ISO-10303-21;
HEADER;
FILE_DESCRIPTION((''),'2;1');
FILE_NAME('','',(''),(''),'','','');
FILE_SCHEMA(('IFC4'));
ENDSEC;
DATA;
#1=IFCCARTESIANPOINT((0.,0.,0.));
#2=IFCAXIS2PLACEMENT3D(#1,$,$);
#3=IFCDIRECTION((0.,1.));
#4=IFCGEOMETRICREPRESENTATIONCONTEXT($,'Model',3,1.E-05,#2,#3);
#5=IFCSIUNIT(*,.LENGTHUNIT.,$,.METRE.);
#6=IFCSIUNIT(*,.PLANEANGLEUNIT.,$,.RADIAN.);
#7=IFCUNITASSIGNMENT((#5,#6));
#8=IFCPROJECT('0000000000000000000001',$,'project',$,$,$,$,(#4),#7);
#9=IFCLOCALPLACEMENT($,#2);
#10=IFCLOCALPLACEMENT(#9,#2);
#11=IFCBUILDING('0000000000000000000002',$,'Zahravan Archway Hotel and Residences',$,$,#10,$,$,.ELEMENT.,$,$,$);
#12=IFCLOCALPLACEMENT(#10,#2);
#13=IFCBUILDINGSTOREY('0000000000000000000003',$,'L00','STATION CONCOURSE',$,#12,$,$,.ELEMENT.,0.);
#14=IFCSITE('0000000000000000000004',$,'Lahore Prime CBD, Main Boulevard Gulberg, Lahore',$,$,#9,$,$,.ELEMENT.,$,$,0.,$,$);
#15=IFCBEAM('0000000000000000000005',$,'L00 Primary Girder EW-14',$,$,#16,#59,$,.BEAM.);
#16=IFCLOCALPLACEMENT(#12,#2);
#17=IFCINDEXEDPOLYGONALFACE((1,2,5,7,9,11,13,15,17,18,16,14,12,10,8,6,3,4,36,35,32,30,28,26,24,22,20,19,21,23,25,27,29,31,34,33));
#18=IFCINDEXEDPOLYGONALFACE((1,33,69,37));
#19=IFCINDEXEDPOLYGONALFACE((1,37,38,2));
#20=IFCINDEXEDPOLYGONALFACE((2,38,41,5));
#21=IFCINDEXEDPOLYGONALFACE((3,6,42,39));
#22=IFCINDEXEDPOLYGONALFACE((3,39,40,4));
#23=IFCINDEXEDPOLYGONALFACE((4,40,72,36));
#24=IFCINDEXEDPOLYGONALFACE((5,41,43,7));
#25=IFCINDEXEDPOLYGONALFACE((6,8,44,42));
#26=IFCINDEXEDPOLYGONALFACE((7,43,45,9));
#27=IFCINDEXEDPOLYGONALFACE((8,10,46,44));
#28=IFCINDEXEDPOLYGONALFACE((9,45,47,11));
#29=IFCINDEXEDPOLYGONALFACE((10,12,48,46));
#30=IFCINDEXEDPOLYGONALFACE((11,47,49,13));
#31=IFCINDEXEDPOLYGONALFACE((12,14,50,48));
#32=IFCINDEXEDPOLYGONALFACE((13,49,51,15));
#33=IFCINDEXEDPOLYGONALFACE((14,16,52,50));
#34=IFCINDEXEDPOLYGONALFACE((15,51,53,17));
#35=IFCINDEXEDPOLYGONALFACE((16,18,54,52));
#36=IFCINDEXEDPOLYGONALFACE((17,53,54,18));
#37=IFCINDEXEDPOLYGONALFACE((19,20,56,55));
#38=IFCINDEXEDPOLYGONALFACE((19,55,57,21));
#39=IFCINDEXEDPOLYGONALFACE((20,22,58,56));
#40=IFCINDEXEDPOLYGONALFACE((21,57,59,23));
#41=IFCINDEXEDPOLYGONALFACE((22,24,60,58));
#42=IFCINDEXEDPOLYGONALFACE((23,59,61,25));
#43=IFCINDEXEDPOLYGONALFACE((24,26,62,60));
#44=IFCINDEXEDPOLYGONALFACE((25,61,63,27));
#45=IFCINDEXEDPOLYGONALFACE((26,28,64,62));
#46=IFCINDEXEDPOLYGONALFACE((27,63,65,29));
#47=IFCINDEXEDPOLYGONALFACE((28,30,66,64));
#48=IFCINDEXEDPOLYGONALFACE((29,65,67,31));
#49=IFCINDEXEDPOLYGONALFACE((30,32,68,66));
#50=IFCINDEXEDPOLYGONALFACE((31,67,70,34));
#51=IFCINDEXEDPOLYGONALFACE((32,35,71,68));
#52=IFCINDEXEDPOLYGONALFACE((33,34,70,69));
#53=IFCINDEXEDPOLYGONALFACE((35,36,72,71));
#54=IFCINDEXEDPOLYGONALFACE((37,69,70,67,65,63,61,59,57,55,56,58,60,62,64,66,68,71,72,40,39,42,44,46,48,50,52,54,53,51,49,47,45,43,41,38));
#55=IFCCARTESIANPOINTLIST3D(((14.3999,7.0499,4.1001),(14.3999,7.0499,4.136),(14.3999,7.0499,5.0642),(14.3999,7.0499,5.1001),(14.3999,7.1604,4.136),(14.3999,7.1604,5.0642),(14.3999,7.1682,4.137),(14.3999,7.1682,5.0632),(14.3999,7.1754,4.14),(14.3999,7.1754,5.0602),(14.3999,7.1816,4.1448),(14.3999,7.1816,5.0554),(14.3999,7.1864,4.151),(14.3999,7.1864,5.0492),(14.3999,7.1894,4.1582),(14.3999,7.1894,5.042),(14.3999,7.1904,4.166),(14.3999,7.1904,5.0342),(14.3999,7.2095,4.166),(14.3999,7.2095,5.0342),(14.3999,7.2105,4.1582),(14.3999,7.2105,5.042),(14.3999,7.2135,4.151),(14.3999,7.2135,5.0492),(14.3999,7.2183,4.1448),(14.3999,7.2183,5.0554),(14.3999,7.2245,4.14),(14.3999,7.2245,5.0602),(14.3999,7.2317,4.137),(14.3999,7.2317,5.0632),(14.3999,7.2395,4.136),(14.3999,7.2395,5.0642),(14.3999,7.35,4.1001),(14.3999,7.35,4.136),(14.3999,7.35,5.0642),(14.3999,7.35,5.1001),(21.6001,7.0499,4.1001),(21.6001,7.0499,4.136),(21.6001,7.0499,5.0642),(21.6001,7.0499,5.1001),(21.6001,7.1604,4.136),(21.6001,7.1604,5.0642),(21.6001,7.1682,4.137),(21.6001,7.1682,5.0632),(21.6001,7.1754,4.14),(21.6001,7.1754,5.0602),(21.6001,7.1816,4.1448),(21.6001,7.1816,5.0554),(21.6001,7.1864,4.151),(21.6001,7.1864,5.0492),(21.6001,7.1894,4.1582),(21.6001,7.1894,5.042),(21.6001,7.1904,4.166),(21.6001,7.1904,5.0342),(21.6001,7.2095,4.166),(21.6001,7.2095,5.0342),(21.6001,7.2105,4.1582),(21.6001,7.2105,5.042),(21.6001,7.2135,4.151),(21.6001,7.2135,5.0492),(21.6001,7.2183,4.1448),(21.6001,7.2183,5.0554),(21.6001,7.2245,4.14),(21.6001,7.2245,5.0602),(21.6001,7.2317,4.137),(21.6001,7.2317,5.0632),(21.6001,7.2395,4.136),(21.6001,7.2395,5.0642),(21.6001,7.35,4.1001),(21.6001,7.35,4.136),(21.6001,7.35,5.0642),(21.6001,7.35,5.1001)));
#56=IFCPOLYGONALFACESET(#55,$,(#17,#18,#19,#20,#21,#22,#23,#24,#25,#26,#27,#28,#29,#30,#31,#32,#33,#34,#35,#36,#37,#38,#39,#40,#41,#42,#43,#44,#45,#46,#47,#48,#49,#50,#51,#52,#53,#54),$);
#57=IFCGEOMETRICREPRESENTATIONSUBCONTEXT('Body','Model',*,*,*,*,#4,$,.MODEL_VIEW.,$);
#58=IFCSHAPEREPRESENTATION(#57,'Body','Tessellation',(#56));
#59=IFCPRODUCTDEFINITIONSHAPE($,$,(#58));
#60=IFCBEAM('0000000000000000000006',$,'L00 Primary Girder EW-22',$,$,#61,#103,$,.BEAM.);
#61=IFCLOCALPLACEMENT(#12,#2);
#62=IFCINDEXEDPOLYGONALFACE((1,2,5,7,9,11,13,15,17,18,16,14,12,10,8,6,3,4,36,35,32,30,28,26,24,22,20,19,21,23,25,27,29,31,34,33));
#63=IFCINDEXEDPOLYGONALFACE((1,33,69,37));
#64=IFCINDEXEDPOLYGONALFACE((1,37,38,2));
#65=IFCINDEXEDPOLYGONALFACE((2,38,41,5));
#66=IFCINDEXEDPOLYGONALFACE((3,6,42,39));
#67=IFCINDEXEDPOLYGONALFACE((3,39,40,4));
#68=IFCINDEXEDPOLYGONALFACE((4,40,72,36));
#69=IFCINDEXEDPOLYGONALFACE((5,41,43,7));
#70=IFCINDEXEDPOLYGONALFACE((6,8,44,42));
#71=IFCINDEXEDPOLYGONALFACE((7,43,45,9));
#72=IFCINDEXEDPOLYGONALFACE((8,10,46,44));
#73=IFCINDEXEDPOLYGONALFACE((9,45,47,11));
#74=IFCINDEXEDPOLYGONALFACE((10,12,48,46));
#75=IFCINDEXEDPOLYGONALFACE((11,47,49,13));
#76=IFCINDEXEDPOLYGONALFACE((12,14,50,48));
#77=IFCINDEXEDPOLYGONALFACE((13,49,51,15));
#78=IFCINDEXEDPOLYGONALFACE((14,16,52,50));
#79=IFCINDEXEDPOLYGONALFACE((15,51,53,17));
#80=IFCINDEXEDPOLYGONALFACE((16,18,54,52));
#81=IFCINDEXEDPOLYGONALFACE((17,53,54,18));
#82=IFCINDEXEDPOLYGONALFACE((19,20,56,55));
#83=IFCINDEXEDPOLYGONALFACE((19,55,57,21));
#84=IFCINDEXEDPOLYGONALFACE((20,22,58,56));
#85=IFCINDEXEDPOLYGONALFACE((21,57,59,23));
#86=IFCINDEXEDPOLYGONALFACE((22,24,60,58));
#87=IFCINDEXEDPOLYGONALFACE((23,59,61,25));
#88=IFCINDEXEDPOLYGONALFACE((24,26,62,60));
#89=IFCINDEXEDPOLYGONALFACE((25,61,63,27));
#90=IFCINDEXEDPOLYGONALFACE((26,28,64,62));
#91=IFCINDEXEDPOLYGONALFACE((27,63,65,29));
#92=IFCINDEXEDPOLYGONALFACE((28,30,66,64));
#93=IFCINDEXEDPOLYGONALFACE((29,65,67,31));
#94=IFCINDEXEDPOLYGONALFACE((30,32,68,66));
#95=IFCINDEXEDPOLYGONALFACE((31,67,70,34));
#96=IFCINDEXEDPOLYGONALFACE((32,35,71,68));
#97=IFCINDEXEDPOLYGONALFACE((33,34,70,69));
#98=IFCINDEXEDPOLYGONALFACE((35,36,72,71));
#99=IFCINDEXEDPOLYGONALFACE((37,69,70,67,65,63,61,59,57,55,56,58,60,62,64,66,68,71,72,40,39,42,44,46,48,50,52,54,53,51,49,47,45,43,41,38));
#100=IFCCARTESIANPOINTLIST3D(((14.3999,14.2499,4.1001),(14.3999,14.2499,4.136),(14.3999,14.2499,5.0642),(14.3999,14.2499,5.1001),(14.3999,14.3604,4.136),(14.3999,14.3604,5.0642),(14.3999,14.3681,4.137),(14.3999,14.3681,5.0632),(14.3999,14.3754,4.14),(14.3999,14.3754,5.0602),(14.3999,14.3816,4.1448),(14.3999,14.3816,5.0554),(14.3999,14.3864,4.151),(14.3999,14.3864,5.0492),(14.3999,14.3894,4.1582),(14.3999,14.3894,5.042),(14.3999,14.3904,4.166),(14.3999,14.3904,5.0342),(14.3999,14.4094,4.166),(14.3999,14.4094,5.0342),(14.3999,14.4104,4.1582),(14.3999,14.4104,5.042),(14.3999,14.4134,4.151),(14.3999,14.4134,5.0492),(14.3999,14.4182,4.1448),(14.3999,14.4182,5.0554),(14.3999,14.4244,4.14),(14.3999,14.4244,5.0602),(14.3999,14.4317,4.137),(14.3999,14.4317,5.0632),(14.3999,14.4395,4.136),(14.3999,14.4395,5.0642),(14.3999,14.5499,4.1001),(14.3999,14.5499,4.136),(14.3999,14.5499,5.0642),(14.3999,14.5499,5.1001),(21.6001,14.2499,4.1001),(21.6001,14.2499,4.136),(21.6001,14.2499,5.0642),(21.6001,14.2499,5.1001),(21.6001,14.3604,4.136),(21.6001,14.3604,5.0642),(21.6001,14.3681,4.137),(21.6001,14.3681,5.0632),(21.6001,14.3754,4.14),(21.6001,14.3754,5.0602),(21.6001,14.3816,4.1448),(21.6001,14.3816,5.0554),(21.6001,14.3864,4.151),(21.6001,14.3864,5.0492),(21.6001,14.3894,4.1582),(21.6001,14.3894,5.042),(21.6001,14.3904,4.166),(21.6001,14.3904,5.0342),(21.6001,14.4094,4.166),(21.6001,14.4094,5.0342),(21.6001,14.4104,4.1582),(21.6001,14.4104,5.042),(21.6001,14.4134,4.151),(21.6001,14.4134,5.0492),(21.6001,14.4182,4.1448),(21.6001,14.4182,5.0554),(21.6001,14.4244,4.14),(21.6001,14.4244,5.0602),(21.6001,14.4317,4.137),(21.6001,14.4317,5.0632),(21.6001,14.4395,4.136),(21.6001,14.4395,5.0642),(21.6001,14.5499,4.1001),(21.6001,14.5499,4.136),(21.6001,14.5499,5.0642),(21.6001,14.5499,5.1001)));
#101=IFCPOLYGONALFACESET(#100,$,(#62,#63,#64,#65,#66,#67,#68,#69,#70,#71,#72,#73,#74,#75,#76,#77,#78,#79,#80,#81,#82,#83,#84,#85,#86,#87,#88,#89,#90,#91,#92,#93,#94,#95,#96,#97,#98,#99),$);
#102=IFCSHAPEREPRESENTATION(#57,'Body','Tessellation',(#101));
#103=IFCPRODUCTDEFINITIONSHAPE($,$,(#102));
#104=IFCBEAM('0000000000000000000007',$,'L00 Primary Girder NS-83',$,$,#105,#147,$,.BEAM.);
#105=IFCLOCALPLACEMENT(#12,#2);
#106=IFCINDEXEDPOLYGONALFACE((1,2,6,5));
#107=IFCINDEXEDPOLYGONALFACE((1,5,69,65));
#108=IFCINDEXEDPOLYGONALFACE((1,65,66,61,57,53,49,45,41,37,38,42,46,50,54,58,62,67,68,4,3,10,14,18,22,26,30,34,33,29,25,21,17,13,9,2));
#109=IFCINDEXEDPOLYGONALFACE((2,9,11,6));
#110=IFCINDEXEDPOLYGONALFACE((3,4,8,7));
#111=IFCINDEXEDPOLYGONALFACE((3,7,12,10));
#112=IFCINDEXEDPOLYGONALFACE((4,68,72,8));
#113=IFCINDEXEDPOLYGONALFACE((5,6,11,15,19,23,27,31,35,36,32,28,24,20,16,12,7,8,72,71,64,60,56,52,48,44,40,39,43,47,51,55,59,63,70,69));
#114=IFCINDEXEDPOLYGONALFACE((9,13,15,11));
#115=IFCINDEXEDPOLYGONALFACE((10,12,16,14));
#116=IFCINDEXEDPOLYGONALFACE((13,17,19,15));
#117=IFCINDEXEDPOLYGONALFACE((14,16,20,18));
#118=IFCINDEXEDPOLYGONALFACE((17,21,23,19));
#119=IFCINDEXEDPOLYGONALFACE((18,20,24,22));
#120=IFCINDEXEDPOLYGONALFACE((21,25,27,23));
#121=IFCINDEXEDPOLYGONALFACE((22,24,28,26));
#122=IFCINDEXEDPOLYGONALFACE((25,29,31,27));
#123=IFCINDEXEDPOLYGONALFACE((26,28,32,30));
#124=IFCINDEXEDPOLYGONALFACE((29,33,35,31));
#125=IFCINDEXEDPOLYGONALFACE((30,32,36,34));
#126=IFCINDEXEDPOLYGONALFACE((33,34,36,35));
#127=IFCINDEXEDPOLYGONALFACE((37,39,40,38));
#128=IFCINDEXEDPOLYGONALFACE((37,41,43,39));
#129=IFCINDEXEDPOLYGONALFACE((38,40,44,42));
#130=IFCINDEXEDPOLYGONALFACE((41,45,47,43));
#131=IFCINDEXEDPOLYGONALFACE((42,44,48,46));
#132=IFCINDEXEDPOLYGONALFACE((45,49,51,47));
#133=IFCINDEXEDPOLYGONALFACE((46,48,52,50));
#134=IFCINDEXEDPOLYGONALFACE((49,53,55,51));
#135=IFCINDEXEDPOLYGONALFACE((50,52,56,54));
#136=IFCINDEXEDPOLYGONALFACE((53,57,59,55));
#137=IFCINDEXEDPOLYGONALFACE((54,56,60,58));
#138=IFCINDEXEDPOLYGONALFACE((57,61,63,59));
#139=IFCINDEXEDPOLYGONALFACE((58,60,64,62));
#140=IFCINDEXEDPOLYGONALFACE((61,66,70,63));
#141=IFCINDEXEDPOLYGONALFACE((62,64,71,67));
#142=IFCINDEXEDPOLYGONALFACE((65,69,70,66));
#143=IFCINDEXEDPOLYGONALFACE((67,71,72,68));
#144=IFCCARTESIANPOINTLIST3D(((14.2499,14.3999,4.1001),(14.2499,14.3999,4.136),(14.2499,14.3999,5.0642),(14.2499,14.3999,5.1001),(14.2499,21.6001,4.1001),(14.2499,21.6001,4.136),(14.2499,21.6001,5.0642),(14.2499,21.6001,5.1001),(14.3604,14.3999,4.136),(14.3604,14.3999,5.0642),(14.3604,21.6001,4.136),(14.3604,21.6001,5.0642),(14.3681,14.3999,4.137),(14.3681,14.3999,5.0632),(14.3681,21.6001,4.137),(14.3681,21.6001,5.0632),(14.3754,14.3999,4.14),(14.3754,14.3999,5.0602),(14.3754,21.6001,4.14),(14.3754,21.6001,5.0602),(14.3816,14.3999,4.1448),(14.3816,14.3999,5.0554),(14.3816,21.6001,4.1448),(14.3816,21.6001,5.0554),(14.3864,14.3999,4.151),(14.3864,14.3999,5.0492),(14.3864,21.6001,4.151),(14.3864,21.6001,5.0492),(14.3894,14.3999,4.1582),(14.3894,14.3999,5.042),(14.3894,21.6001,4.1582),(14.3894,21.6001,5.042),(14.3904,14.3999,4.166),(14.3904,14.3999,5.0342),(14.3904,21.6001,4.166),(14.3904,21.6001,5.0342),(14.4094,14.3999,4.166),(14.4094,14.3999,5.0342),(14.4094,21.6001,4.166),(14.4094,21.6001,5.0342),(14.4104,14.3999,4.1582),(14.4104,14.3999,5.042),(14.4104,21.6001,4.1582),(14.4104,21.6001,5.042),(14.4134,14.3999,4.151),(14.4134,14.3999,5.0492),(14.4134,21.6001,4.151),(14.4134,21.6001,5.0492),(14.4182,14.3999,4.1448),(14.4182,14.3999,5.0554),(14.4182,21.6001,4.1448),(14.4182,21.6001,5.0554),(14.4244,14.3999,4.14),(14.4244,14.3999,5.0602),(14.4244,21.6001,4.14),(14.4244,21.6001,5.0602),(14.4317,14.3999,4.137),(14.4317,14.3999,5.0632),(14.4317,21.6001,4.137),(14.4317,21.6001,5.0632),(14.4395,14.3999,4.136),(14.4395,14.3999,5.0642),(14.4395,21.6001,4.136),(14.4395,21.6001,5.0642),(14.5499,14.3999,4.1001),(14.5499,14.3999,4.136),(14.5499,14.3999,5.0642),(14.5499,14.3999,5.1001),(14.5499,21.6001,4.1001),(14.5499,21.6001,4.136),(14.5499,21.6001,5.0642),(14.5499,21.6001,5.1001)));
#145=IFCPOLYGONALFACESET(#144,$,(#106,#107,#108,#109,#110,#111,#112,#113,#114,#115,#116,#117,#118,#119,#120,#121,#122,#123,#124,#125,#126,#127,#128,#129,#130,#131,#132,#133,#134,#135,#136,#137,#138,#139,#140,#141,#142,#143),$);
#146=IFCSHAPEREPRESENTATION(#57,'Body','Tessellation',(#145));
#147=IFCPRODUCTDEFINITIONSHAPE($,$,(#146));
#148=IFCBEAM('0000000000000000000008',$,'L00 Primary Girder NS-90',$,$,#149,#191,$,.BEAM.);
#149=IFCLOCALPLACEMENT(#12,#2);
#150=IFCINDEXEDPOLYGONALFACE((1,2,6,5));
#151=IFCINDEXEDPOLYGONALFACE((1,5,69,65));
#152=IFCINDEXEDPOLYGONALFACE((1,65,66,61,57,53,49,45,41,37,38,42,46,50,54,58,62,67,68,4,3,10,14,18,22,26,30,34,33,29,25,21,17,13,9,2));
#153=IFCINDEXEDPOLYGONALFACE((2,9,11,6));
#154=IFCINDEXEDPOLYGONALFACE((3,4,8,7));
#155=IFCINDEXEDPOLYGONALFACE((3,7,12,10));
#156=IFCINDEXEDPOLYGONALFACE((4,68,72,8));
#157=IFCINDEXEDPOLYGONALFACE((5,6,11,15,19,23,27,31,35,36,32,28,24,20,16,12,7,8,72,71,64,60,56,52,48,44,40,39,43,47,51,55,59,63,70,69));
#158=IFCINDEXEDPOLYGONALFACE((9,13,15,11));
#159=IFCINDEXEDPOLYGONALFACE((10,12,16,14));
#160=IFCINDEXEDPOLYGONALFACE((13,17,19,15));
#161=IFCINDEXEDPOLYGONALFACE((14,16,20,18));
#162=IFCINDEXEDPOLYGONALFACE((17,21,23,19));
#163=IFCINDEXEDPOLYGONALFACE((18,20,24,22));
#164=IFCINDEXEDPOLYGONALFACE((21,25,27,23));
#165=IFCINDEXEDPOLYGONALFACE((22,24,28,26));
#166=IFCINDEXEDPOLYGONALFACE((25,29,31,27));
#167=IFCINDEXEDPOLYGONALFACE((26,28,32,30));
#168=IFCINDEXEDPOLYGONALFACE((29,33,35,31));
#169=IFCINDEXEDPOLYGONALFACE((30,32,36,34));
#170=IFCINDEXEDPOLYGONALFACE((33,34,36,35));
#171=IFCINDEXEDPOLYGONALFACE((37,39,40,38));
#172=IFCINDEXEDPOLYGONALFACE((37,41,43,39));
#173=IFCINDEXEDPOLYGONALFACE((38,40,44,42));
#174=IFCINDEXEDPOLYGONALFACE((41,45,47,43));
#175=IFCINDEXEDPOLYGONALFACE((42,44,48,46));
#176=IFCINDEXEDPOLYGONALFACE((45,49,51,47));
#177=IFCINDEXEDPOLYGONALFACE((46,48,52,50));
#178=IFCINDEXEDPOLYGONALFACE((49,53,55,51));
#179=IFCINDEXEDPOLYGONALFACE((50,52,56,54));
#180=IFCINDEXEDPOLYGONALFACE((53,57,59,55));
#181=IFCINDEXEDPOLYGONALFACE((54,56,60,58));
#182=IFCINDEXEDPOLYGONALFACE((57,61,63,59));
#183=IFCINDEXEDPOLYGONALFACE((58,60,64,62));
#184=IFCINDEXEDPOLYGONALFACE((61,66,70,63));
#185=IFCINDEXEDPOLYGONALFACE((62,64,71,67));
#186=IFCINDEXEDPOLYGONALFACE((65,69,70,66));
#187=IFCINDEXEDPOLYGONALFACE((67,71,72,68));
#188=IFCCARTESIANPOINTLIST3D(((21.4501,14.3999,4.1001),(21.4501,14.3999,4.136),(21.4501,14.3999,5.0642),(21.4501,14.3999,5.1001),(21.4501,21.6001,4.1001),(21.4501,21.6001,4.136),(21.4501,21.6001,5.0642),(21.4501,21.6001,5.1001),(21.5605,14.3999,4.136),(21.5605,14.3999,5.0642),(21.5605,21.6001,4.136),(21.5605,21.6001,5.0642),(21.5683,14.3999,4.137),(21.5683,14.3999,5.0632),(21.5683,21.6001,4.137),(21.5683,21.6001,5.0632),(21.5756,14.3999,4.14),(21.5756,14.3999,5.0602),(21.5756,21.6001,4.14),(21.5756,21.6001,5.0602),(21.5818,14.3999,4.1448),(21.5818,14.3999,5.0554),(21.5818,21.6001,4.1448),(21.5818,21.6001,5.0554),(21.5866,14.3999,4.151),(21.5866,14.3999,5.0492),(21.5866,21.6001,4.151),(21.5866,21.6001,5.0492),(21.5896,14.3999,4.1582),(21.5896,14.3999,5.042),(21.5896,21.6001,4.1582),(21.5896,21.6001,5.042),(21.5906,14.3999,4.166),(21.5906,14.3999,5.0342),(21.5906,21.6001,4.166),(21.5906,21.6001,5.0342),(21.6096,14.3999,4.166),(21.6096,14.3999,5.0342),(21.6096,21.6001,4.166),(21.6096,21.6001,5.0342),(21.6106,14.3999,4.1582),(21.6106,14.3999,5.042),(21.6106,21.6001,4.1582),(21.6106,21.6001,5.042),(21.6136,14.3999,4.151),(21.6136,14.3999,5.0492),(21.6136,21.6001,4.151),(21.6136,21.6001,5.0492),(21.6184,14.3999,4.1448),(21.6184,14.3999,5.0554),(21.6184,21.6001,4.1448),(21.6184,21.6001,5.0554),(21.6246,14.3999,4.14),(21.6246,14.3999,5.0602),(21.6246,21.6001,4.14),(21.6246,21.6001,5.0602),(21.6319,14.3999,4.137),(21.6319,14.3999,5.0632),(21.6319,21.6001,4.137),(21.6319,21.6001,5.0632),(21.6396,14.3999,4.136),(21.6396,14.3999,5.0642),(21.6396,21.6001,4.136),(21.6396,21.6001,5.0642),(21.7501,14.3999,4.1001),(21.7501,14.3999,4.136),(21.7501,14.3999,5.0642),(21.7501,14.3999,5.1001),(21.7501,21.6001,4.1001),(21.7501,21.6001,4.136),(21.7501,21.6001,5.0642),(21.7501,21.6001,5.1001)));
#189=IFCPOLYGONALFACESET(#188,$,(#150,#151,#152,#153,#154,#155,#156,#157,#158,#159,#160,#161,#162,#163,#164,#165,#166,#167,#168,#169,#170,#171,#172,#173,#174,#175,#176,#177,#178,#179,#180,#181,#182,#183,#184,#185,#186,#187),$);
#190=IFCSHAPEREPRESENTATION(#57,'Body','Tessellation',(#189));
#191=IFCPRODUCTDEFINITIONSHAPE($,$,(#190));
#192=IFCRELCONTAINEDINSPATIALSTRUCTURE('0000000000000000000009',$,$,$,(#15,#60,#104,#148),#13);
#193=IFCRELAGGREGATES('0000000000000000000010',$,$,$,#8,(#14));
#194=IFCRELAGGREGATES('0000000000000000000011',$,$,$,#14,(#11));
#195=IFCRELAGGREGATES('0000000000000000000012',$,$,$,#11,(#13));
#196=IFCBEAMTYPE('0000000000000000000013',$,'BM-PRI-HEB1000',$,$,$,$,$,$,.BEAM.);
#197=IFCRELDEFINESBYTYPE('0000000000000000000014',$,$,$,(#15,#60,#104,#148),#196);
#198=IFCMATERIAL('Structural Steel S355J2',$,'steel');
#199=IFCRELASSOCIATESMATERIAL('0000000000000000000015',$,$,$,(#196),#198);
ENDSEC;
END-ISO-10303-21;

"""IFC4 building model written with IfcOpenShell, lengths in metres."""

from ifc_helpers import new_model, si_unit, direction, frame, origin, origin_2d, place, context, subcontext, project, spatial, i_section, extrude, source, transform, mapped, material, material_profile, profile_set, type_object, element, save


model = new_model("IFC4")

# Units and contexts
model_context = context("Model", 3, precision=1e-05, world=origin(), true_north=direction((0.0, 1.0)))
body_context = subcontext(model_context, "Body", "Model", "MODEL_VIEW")
ifc_project = project(units=[si_unit("LENGTHUNIT", "METRE"), si_unit("PLANEANGLEUNIT", "RADIAN")], contexts=[model_context])

# Site, building, storey
site_placement = place(None, origin())
site = spatial("IfcSite", under=ifc_project, at=site_placement, Name="Lahore Prime CBD, Main Boulevard Gulberg, Lahore", CompositionType="ELEMENT", RefElevation=0.0)
building_placement = place(site_placement, origin())
building = spatial("IfcBuilding", under=site, at=building_placement, Name="Zahravan Archway Hotel and Residences", CompositionType="ELEMENT")
storey_placement = place(building_placement, origin())
storey = spatial("IfcBuildingStorey", under=building, at=storey_placement, Name="L00", Description="STATION CONCOURSE", CompositionType="ELEMENT", Elevation=0.0)

# Beams
ifc_material_1 = material(Name="Structural Steel S355J2", Category="steel")
ifc_material_profile_1 = material_profile(ifc_material_1, i_section(OverallWidth=0.3, OverallDepth=1.0, WebThickness=0.019, FlangeThickness=0.0359, FilletRadius=0.03, at=origin_2d()), Name="HEB 1000", Category="steel")
ifc_profile_set_1 = profile_set([ifc_material_profile_1], Name="Structural Steel S355J2")
beam_type_1 = type_object("IfcBeamType", Name="BM-PRI-HEB1000", PredefinedType="BEAM", material=ifc_profile_set_1)
shared_shape_1 = source(origin(), body_context, "Body", "SweptSolid", [
    extrude(i_section(OverallWidth=0.3, OverallDepth=1.0, WebThickness=0.019, FlangeThickness=0.0359, FilletRadius=0.03, at=origin_2d()), origin(), (0.0, 0.0, 1.0), 7.2002),
])
for number, where, z_axis, x_axis, name in (
    (1, (14.3999, 7.2, 4.6001), (1.0, 0.0, 0.0), (0.0, 1.0, 0.0), "L00 Primary Girder EW-14"),
    (2, (14.3999, 14.3999, 4.6001), (1.0, 0.0, 0.0), (0.0, 1.0, 0.0), "L00 Primary Girder EW-22"),
    (3, (14.3999, 14.3999, 4.6001), (0.0, 1.0, 0.0), (-1.0, 0.0, 0.0), "L00 Primary Girder NS-83"),
    (4, (21.6001, 14.3999, 4.6001), (0.0, 1.0, 0.0), (-1.0, 0.0, 0.0), "L00 Primary Girder NS-90"),
):
    element("IfcBeam", number, at=place(storey_placement, frame(where, z_axis=z_axis, x_axis=x_axis)), inside=storey, type_object=beam_type_1, Name=name, PredefinedType="BEAM", context=body_context, shape_type="MappedRepresentation", body=[
        mapped(shared_shape_1, transform((0.0, 0.0, 0.0), scale=1.0)),
    ])

save(model, "model.ifc")
